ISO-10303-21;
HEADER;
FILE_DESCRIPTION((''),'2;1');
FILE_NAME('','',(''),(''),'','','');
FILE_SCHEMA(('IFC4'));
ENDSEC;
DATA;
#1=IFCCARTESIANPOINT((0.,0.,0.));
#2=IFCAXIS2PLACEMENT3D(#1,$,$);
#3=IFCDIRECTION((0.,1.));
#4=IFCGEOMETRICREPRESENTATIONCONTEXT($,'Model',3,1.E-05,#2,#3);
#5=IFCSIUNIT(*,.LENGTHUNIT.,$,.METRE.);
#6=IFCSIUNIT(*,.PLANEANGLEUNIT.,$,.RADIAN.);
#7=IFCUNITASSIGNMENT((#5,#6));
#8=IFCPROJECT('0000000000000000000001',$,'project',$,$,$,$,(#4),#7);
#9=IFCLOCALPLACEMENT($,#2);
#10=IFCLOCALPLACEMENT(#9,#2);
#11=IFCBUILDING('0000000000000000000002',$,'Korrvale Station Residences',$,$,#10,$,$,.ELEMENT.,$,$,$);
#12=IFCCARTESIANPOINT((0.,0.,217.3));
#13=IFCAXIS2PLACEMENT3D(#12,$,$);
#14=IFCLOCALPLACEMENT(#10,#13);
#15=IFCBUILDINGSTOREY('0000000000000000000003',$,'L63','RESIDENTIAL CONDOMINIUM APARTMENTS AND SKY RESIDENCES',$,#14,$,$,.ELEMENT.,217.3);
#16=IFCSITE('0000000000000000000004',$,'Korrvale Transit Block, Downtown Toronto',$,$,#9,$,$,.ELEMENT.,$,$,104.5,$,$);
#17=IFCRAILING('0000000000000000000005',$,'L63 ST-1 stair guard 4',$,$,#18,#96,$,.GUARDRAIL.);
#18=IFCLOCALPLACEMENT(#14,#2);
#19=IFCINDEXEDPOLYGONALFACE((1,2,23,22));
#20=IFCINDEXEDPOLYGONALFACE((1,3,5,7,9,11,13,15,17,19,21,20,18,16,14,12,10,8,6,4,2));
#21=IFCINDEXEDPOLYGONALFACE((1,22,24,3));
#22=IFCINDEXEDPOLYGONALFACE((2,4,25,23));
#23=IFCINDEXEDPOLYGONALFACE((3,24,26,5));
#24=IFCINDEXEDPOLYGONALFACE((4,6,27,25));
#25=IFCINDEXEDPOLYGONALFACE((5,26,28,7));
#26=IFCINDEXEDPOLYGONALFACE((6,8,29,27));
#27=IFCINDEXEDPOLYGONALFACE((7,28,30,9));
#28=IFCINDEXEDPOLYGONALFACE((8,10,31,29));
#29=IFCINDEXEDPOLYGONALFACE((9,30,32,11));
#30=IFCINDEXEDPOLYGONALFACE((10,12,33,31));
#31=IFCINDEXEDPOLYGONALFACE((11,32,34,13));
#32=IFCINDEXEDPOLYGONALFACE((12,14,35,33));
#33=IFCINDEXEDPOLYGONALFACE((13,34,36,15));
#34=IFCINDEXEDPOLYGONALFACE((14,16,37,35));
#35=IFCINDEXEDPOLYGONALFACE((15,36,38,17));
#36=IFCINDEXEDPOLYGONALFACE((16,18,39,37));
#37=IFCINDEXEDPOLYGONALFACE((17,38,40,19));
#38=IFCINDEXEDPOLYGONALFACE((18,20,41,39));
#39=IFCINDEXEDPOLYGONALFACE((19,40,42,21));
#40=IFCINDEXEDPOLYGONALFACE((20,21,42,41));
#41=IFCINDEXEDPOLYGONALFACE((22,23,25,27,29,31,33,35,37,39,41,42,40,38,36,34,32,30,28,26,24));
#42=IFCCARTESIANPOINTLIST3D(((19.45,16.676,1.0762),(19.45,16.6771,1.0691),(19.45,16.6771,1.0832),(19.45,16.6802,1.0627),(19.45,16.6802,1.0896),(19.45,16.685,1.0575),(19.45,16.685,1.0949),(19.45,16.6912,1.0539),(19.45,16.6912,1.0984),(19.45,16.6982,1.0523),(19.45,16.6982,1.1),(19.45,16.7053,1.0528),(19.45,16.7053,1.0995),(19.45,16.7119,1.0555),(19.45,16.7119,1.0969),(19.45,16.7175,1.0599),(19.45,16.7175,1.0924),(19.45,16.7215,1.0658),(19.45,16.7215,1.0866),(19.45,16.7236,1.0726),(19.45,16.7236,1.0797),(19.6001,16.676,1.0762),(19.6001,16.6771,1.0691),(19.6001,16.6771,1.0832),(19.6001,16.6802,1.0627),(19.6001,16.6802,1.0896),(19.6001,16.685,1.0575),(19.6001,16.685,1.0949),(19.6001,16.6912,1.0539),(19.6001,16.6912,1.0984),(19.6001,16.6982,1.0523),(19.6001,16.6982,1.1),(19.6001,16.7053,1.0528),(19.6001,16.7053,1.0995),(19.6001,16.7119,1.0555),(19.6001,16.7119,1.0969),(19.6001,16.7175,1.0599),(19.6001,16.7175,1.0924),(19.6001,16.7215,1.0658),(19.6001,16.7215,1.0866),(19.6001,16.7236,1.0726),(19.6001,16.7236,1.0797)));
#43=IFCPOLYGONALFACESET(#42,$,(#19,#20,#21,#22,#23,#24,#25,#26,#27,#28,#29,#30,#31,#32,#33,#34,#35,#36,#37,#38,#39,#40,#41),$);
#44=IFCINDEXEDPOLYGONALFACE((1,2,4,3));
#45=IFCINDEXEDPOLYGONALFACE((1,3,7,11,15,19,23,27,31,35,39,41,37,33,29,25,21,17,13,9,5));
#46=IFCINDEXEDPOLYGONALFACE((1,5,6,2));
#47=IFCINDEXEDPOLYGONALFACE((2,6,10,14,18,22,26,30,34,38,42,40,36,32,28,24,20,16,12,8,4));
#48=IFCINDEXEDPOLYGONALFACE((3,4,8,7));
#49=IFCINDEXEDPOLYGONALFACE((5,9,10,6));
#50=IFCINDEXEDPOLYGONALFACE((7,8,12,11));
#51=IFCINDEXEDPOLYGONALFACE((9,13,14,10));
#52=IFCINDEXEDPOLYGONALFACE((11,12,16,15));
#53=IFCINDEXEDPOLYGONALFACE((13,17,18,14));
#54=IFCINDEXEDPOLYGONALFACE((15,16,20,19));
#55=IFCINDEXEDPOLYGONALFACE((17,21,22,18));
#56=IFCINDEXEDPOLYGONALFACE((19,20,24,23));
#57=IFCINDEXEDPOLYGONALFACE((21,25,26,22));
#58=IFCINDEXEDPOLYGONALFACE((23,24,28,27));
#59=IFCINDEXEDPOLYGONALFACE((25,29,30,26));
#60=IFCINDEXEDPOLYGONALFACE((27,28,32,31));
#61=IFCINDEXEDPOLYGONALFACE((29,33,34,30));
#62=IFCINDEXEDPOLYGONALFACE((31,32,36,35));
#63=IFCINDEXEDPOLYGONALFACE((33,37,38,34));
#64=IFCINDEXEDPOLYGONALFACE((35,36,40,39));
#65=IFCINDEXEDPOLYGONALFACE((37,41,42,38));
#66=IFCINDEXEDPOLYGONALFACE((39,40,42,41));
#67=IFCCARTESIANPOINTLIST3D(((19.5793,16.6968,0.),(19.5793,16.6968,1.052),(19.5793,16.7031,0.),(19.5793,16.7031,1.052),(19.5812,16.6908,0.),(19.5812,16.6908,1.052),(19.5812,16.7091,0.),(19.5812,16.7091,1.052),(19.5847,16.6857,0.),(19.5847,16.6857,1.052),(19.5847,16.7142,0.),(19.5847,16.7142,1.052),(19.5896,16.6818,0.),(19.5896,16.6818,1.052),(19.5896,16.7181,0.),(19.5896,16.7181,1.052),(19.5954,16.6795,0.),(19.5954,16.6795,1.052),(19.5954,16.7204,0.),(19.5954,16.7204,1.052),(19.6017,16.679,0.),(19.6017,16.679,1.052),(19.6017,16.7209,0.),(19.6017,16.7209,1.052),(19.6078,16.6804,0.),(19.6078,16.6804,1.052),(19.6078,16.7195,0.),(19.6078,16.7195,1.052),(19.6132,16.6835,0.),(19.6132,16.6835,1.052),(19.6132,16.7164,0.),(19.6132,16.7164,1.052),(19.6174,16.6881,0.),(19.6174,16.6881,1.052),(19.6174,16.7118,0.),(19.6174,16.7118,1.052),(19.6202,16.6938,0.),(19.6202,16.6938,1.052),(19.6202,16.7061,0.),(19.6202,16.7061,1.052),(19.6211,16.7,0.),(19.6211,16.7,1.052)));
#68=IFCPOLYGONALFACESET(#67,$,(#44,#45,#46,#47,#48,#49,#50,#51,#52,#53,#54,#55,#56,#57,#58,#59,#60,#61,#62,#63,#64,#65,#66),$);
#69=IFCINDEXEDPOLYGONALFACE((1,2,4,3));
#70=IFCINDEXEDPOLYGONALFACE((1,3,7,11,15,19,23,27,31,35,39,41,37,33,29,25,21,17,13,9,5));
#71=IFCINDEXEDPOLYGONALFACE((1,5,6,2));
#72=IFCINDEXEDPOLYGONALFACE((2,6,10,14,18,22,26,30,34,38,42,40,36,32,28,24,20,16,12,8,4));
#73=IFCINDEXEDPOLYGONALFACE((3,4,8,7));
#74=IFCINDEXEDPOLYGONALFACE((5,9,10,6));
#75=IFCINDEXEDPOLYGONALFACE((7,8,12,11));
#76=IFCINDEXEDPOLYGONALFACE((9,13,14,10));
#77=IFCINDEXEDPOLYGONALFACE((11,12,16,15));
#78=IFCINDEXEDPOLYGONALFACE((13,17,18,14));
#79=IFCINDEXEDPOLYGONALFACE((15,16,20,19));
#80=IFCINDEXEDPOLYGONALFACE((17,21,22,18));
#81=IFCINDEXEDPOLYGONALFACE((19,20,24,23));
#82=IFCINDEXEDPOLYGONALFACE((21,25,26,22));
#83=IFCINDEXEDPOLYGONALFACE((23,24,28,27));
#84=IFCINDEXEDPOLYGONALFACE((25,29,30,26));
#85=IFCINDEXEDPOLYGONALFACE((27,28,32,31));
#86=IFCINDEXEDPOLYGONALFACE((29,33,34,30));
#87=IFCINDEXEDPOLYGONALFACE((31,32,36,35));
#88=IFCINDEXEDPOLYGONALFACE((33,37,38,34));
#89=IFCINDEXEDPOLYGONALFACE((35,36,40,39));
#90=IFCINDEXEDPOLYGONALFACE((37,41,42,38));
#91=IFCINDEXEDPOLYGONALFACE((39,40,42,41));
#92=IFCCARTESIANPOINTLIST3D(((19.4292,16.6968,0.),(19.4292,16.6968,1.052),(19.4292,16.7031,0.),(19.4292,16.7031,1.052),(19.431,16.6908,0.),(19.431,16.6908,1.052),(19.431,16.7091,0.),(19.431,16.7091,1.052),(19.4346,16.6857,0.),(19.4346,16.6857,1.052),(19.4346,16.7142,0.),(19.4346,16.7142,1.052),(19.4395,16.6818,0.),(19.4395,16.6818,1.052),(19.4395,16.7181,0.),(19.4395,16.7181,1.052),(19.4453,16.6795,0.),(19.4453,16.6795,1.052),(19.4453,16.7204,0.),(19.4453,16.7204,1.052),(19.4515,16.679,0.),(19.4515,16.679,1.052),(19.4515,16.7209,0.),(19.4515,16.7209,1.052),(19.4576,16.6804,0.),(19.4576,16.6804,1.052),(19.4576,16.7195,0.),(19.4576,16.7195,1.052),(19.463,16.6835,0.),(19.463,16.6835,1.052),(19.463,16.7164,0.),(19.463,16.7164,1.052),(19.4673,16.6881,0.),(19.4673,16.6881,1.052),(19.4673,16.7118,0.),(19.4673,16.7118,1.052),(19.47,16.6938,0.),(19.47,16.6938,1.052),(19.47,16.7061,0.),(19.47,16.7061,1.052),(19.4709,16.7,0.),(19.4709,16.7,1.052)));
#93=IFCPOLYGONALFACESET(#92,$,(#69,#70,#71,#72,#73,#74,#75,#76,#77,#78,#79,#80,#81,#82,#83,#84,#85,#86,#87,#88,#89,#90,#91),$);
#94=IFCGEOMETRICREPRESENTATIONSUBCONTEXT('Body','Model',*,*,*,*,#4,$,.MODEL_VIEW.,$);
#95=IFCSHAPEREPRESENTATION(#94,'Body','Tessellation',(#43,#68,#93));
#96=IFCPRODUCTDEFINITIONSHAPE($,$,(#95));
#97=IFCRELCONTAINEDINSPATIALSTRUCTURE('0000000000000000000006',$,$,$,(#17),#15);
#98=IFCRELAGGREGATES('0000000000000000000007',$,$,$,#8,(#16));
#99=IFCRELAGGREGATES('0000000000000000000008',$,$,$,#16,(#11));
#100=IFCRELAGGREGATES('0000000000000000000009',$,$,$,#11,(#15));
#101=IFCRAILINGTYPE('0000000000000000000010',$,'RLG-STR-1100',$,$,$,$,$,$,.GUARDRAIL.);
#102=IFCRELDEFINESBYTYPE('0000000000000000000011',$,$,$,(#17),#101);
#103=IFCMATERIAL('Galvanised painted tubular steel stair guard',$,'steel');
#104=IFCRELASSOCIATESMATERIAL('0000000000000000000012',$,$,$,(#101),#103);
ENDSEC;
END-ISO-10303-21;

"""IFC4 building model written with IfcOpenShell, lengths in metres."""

from ifc_helpers import new_model, si_unit, direction, frame, origin, origin_2d, place, context, subcontext, project, spatial, circle, extrude, material, type_object, element, save


model = new_model("IFC4")

# Units and contexts
model_context = context("Model", 3, precision=1e-05, world=origin(), true_north=direction((0.0, 1.0)))
body_context = subcontext(model_context, "Body", "Model", "MODEL_VIEW")
ifc_project = project(units=[si_unit("LENGTHUNIT", "METRE"), si_unit("PLANEANGLEUNIT", "RADIAN")], contexts=[model_context])

# Site, building, storey
site_placement = place(None, origin())
site = spatial("IfcSite", under=ifc_project, at=site_placement, Name="Korrvale Transit Block, Downtown Toronto", CompositionType="ELEMENT", RefElevation=104.5)
building_placement = place(site_placement, origin())
building = spatial("IfcBuilding", under=site, at=building_placement, Name="Korrvale Station Residences", CompositionType="ELEMENT")
storey_placement = place(building_placement, frame((0.0, 0.0, 217.3)))
storey = spatial("IfcBuildingStorey", under=building, at=storey_placement, Name="L63", Description="RESIDENTIAL CONDOMINIUM APARTMENTS AND SKY RESIDENCES", CompositionType="ELEMENT", Elevation=217.3)

# Railing
ifc_material_1 = material(Name="Galvanised painted tubular steel stair guard", Category="steel")
railing_type_1 = type_object("IfcRailingType", Name="RLG-STR-1100", PredefinedType="GUARDRAIL", material=ifc_material_1)
railing_1_placement = place(storey_placement, frame((19.6001, 16.7, 0.0)))
element("IfcRailing", 1, at=railing_1_placement, inside=storey, type_object=railing_type_1, Name="L63 ST-1 stair guard 4", PredefinedType="GUARDRAIL", context=body_context, shape_type="SweptSolid", body=[
    extrude(circle(Radius=0.0239, at=origin_2d()), frame((0.0, 0.0, 1.0762), z_axis=(-1.0, 0.0, 0.0), x_axis=(0.0, -1.0, 0.0)), (0.0, 0.0, 1.0), 0.1501),
    extrude(circle(Radius=0.021, at=origin_2d()), origin(), (0.0, 0.0, 1.0), 1.052),
    extrude(circle(Radius=0.021, at=origin_2d()), frame((-0.1501, 0.0, 0.0)), (0.0, 0.0, 1.0), 1.052),
])

save(model, "model.ifc")
